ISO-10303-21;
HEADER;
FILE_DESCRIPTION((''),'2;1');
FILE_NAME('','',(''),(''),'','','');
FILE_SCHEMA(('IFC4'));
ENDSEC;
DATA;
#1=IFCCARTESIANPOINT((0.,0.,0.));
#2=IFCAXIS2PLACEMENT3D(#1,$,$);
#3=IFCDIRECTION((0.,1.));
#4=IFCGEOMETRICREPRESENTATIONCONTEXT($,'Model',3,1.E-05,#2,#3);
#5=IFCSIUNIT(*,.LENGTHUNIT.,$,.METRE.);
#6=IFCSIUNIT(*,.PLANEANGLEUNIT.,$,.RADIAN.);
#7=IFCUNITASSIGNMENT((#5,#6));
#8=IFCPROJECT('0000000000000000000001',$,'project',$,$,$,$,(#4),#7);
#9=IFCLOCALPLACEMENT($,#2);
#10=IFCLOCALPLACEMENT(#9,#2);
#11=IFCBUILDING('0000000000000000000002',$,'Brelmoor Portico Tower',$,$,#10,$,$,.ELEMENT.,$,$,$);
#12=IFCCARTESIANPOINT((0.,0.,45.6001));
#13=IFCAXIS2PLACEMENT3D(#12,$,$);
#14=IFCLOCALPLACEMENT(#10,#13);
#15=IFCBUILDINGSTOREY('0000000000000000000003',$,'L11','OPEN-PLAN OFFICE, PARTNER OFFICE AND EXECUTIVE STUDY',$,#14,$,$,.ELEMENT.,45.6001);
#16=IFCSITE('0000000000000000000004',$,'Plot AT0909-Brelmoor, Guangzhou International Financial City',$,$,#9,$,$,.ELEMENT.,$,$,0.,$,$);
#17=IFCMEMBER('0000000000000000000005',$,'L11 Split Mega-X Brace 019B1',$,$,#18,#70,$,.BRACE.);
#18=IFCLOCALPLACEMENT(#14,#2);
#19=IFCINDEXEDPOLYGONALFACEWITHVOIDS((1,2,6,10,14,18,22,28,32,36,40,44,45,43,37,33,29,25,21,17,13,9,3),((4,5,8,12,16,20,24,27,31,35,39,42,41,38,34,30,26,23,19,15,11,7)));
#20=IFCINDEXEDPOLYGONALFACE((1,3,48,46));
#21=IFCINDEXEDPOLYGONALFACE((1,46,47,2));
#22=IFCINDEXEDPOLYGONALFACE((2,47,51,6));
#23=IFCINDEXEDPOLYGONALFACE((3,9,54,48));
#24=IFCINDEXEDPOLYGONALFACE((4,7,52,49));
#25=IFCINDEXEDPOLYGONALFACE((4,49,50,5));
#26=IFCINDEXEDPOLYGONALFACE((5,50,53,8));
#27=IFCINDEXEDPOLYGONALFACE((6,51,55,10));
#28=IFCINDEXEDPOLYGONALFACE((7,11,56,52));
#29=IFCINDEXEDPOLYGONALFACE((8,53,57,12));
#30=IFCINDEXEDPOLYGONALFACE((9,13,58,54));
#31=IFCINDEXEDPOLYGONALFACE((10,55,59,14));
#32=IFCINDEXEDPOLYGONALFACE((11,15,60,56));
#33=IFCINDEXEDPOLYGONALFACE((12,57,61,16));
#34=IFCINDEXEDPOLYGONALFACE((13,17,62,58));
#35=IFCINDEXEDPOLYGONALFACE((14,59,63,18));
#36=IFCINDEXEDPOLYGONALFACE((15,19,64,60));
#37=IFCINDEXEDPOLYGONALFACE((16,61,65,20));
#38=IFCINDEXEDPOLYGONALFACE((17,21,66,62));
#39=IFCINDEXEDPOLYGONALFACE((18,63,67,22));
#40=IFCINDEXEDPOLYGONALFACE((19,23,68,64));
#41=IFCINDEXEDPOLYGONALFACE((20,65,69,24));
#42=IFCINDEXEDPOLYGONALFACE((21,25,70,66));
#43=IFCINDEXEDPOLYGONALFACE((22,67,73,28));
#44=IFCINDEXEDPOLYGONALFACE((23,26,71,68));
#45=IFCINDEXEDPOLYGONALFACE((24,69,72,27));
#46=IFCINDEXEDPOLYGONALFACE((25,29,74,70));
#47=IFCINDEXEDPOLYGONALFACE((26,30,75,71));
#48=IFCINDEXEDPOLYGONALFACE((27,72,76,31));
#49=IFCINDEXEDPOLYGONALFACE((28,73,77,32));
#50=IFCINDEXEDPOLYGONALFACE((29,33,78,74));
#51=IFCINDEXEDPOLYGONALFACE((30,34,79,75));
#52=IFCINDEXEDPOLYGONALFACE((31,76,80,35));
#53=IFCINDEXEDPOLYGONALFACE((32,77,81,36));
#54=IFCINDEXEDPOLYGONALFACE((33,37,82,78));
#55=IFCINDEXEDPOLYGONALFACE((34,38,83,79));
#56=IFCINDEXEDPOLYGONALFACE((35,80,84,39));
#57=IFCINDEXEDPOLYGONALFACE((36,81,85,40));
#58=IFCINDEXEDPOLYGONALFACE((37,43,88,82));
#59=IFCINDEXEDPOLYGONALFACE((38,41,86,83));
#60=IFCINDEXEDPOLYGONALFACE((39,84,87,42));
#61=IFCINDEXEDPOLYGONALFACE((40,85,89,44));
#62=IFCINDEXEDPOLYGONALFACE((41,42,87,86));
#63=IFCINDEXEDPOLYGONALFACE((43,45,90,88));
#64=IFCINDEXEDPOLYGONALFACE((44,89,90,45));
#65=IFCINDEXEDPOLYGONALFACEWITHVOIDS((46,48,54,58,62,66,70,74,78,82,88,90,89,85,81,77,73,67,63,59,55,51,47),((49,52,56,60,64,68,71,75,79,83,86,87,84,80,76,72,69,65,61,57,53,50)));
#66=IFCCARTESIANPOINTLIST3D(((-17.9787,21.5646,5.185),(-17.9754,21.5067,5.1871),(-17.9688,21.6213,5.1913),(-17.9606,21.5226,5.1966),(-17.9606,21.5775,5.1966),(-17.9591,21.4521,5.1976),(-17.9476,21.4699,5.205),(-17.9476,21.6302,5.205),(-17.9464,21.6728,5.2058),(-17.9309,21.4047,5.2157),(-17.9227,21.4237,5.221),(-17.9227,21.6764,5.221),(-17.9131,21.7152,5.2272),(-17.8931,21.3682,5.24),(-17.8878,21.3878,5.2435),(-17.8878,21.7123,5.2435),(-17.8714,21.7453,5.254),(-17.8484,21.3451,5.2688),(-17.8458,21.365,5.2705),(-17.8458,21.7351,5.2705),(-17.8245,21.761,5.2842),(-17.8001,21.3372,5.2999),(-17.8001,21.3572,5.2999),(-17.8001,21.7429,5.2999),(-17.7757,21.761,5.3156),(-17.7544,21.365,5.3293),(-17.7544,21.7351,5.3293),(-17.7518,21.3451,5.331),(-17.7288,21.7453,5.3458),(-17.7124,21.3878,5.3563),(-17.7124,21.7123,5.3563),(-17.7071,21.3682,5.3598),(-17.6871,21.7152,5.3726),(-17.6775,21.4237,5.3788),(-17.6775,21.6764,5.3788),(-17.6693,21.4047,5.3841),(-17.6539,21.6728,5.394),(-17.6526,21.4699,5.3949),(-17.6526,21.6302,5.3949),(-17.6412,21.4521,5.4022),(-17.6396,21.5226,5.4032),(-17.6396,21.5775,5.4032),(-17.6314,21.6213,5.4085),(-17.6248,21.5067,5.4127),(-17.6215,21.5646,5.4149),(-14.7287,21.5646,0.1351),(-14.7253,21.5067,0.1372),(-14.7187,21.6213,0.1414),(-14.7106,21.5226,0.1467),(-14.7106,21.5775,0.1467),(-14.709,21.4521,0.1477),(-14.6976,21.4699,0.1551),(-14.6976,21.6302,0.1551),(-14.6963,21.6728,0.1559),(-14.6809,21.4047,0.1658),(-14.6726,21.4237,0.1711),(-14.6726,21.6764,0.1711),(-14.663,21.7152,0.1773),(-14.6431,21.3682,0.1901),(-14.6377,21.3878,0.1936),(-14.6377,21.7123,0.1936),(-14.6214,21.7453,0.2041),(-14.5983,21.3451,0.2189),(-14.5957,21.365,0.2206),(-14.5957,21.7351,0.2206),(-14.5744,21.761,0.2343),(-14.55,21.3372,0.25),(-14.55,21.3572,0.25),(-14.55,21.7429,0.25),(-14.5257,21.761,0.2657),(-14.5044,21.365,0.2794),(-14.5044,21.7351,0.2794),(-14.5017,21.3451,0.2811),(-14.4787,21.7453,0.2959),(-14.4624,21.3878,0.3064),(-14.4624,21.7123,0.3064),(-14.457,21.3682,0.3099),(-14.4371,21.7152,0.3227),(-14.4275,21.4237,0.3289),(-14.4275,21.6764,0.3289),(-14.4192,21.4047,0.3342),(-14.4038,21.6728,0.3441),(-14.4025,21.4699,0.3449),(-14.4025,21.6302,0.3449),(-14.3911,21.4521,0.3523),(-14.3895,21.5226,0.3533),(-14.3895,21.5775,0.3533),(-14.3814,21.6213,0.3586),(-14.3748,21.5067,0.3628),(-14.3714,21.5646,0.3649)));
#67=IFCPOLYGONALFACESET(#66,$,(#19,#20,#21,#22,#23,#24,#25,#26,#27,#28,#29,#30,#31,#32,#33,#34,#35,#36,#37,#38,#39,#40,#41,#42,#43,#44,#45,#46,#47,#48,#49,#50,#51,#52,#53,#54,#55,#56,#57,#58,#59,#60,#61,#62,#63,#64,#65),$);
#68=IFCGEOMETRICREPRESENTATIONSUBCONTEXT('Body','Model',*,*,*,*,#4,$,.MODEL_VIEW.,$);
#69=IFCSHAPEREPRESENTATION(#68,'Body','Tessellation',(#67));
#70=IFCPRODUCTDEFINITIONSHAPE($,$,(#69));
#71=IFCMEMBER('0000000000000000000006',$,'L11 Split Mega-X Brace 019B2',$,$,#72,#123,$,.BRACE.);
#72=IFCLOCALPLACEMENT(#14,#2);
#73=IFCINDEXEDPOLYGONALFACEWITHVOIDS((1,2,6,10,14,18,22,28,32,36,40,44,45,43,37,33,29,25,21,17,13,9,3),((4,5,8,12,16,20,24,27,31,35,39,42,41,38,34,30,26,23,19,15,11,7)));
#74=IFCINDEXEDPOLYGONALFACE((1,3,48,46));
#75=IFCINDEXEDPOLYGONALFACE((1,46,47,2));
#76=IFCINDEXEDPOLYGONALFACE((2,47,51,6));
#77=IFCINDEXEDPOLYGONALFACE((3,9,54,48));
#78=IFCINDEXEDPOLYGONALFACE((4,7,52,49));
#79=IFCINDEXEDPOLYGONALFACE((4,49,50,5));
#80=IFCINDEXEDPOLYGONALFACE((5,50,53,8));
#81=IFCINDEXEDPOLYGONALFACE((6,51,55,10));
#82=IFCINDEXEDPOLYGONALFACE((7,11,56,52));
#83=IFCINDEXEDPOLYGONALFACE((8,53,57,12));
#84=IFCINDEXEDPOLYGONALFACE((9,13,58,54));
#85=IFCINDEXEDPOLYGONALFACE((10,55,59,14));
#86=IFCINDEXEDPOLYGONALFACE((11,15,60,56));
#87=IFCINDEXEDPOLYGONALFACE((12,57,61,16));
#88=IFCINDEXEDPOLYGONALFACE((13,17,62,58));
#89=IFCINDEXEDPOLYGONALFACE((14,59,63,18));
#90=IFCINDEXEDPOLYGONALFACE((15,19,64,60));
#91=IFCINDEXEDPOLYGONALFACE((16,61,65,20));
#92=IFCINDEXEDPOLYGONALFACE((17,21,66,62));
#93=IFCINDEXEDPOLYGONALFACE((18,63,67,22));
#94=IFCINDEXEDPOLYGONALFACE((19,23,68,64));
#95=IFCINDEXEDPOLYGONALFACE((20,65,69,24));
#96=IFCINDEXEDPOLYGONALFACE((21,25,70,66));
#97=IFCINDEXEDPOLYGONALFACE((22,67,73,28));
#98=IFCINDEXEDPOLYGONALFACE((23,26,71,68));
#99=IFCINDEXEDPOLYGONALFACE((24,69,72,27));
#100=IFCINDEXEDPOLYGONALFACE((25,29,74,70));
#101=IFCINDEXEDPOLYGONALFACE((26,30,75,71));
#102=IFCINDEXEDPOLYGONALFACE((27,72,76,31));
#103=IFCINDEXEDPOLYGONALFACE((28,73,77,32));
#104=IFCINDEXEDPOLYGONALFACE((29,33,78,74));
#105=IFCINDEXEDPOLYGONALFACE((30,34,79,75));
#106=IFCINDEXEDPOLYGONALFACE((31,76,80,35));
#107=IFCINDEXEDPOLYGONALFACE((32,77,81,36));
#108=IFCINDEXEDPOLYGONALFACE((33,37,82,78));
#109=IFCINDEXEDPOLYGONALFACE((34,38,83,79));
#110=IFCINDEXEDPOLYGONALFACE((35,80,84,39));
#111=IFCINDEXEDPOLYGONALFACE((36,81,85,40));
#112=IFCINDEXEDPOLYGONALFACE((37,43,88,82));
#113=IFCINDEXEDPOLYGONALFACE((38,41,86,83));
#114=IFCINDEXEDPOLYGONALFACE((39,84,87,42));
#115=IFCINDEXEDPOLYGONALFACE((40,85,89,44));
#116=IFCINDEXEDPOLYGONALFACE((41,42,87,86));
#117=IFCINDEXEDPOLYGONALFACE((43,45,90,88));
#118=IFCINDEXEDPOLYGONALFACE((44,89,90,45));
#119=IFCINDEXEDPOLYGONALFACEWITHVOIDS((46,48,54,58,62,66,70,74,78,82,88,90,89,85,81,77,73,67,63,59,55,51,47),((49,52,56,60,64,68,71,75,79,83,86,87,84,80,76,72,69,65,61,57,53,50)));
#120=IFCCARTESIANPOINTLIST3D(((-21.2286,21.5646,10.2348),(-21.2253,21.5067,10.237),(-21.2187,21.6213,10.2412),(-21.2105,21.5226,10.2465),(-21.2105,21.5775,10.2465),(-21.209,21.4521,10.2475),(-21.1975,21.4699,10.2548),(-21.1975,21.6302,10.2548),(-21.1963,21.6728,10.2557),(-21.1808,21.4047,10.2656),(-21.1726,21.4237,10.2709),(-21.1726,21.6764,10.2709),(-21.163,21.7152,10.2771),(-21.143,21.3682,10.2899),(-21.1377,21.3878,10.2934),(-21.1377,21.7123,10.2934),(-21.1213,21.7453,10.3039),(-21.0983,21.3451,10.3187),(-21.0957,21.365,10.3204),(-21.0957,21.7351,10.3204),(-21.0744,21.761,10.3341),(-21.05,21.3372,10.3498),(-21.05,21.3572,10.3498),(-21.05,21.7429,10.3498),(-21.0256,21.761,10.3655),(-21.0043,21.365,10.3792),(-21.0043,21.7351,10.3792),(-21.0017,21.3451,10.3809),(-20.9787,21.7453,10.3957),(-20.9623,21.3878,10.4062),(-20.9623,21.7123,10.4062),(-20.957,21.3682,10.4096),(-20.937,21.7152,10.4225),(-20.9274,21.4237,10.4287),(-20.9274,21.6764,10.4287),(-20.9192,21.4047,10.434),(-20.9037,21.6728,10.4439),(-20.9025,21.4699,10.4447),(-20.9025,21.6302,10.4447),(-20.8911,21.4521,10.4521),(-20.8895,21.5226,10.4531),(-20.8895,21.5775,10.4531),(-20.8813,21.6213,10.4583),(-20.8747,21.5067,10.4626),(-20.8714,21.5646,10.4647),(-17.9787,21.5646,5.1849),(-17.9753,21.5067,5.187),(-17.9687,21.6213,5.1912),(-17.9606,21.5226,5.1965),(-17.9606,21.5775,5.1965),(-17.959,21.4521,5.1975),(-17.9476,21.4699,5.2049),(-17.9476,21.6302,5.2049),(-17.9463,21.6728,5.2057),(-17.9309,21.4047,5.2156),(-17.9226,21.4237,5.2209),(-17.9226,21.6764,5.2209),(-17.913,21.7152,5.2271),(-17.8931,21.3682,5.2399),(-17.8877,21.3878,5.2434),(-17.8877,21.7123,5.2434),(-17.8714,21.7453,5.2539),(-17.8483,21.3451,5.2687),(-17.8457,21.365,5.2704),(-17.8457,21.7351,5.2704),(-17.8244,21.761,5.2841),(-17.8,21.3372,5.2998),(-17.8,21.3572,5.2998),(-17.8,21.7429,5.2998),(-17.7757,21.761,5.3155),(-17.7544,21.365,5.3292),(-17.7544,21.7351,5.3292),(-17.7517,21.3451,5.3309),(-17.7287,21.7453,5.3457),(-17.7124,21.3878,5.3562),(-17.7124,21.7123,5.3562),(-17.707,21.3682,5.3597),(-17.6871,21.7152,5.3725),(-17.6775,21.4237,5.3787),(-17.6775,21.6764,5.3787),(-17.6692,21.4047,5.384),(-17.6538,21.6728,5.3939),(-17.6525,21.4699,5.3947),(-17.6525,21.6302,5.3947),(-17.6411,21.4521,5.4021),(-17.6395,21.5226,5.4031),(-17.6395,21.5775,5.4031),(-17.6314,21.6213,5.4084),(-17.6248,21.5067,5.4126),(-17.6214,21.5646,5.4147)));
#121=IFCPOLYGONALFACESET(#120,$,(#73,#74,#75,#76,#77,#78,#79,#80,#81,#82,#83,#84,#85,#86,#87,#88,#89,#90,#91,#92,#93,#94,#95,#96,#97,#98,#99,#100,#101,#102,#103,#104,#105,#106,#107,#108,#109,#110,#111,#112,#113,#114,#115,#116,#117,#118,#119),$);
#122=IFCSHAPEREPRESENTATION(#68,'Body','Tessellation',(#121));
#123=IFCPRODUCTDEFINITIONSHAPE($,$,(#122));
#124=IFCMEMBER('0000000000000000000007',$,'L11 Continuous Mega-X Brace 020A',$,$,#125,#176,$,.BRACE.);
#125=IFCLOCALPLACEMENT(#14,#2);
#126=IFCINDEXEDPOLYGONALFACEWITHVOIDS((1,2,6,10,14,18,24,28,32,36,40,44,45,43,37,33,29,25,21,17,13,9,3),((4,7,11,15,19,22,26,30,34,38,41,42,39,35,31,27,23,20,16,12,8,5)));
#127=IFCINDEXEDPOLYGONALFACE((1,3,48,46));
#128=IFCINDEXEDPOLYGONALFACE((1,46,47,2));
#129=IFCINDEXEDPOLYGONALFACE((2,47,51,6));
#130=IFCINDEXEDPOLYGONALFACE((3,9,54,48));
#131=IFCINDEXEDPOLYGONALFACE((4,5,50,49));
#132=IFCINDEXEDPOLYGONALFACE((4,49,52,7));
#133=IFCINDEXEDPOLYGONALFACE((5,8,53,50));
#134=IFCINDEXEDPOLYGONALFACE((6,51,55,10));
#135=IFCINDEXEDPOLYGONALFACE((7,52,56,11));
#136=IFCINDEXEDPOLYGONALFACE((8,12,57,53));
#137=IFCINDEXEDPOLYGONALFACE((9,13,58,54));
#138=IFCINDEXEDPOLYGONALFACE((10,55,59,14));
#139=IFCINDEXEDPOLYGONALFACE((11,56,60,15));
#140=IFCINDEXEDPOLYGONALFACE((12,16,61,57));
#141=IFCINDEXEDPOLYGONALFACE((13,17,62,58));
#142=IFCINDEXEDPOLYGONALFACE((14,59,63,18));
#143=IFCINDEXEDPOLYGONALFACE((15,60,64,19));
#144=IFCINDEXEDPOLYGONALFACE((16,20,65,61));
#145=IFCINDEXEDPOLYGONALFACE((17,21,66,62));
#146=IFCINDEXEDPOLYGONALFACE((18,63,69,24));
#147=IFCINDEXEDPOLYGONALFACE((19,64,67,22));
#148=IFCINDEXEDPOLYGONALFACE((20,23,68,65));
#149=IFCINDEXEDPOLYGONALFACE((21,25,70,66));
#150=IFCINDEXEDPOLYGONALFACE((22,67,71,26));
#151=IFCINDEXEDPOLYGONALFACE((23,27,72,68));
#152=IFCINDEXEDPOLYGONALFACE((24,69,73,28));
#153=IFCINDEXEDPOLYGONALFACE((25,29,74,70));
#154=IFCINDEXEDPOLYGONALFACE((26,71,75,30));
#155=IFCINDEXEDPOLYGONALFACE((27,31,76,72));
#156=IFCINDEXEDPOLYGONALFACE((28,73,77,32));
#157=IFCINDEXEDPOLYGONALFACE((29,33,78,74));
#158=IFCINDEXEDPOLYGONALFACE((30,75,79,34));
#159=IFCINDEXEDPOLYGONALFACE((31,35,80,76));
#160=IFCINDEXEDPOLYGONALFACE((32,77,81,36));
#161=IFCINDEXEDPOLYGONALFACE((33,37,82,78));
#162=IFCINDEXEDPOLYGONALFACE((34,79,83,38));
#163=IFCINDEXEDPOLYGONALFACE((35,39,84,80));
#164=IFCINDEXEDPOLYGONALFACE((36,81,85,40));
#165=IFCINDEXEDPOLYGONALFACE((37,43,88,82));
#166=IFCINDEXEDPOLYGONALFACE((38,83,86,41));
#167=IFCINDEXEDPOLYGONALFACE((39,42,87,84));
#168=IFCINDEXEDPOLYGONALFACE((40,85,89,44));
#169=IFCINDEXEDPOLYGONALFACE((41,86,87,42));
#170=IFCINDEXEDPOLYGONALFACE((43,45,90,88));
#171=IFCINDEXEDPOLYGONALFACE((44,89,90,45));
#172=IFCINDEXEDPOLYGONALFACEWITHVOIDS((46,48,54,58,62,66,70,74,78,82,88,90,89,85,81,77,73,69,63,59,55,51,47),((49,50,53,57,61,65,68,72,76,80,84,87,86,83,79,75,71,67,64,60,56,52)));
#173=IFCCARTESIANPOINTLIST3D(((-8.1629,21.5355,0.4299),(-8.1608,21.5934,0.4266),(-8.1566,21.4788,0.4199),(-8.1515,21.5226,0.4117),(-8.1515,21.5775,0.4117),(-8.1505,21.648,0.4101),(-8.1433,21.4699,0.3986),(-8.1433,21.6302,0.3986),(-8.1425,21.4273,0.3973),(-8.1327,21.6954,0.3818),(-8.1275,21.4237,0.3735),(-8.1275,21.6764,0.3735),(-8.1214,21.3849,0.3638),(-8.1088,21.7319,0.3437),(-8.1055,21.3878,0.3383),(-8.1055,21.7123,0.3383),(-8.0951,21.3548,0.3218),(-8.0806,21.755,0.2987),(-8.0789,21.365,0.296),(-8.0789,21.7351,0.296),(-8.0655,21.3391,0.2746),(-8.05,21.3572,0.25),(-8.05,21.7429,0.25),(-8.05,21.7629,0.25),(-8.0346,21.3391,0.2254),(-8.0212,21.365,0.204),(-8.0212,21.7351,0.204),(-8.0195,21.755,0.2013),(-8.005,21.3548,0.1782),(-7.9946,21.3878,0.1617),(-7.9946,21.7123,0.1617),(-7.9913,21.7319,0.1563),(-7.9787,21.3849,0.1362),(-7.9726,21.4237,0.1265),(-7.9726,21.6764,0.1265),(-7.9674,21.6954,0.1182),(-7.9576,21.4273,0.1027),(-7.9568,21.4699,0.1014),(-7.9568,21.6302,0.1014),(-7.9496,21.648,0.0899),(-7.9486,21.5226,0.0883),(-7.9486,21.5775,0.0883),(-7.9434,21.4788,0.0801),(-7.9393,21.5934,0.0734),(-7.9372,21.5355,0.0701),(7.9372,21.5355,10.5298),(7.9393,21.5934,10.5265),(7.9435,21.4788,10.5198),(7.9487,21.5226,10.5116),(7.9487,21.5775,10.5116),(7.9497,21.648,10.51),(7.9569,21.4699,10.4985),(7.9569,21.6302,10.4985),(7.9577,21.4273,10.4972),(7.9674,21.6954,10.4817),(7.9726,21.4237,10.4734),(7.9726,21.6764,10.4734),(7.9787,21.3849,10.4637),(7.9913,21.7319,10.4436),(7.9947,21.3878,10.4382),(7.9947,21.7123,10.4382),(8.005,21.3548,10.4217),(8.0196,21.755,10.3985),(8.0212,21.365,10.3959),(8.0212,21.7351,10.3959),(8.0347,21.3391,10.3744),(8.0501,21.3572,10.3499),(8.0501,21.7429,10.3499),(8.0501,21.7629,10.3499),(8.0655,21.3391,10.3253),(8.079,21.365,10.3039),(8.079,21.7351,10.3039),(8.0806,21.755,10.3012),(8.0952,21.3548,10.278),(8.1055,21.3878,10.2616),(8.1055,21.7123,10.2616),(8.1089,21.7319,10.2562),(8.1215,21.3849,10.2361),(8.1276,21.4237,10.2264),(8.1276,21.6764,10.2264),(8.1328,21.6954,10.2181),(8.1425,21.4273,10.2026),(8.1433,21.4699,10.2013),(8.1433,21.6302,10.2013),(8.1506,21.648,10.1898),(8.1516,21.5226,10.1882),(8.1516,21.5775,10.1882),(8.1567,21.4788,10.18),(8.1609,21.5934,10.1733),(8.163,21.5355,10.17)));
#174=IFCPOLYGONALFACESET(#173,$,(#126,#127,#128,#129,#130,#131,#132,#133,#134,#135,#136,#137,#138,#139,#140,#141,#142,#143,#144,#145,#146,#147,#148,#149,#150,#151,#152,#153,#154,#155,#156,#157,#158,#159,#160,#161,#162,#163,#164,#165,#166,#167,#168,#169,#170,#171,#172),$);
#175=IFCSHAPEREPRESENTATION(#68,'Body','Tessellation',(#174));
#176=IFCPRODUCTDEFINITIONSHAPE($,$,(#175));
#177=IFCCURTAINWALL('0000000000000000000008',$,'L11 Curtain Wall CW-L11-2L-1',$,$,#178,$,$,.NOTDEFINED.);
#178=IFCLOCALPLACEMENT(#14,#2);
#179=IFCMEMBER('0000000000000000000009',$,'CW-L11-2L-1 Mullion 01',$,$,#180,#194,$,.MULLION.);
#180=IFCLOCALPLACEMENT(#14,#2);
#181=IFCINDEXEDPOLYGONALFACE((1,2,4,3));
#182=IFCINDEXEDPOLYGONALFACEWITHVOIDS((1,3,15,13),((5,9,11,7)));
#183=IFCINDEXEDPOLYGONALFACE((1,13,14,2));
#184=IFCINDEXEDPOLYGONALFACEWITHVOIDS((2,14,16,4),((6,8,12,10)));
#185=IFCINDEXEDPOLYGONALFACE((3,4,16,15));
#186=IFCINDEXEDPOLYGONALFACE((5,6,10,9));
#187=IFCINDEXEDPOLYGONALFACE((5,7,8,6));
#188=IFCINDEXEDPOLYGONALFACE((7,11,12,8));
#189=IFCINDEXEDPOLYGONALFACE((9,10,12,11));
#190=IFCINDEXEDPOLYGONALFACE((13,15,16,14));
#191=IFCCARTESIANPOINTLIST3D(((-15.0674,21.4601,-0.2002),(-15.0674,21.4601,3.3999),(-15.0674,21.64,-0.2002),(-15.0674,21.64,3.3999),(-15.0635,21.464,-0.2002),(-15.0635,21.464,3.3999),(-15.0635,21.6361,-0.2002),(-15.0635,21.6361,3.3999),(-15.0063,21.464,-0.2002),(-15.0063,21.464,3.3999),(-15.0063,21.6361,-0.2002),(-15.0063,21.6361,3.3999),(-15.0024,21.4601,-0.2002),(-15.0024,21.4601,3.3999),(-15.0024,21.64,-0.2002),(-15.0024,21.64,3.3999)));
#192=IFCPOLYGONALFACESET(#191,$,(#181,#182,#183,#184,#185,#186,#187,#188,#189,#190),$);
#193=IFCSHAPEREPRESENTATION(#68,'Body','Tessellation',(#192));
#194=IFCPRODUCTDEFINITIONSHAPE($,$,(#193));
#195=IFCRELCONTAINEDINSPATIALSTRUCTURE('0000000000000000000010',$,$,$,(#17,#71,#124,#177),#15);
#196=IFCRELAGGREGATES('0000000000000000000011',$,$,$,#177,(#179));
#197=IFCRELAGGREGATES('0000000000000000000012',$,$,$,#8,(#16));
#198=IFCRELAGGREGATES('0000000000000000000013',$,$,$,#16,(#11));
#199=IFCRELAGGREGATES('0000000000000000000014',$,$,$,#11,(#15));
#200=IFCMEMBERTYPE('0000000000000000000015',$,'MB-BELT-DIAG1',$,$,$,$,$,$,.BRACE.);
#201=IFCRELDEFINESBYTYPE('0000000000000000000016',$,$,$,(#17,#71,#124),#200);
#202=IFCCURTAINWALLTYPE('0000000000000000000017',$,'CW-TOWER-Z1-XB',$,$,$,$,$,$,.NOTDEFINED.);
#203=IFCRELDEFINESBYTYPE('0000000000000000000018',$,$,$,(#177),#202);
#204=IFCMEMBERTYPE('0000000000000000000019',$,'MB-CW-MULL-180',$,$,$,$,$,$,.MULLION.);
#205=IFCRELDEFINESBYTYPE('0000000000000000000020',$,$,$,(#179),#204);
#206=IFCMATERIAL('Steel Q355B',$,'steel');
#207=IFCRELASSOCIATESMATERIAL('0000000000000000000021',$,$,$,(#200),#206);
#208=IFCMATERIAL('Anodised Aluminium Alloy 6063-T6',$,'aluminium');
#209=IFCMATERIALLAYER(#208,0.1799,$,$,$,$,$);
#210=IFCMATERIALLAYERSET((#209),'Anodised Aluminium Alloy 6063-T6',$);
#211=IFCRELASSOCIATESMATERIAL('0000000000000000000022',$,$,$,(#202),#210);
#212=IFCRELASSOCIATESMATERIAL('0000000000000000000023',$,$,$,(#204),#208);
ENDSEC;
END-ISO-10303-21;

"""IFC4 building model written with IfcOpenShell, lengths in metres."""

from ifc_helpers import new_model, si_unit, direction, frame, origin, origin_2d, place, context, subcontext, project, spatial, hollow_rectangle, hollow_circle, extrude, material, layer, layer_set, material_profile, profile_set, type_object, element, aggregate, save


model = new_model("IFC4")

# Units and contexts
model_context = context("Model", 3, precision=1e-05, world=origin(), true_north=direction((0.0, 1.0)))
body_context = subcontext(model_context, "Body", "Model", "MODEL_VIEW")
ifc_project = project(units=[si_unit("LENGTHUNIT", "METRE"), si_unit("PLANEANGLEUNIT", "RADIAN")], contexts=[model_context])

# Site, building, storey
site_placement = place(None, origin())
site = spatial("IfcSite", under=ifc_project, at=site_placement, Name="Plot AT0909-Brelmoor, Guangzhou International Financial City", CompositionType="ELEMENT", RefElevation=0.0)
building_placement = place(site_placement, origin())
building = spatial("IfcBuilding", under=site, at=building_placement, Name="Brelmoor Portico Tower", CompositionType="ELEMENT")
storey_placement = place(building_placement, frame((0.0, 0.0, 45.6001)))
storey = spatial("IfcBuildingStorey", under=building, at=storey_placement, Name="L11", Description="OPEN-PLAN OFFICE, PARTNER OFFICE AND EXECUTIVE STUDY", CompositionType="ELEMENT", Elevation=45.6001)

# Shared definitions
ifc_material_1 = material(Name="Steel Q355B", Category="steel")

# Members
ifc_material_profile_1 = material_profile(ifc_material_1, hollow_circle(Radius=0.2129, WallThickness=0.02, at=origin_2d()), Name="CHS 426x20")
ifc_profile_set_1 = profile_set([ifc_material_profile_1], Name="Steel Q355B")
member_type_1 = type_object("IfcMemberType", Name="MB-BELT-DIAG1", PredefinedType="BRACE", material=ifc_profile_set_1)
for number, where, z_axis, x_axis, name in (
    (1, (-14.55, 21.55, 0.25), (-0.541193, 0.0, 0.840898), (0.0, -1.0, 0.0), "L11 Split Mega-X Brace 019B1"),
    (2, (-17.8, 21.55, 5.2998), (-0.541175, 0.0, 0.84091), (0.0, -1.0, 0.0), "L11 Split Mega-X Brace 019B2"),
):
    element("IfcMember", number, at=place(storey_placement, frame(where, z_axis=z_axis, x_axis=x_axis)), inside=storey, type_object=member_type_1, Name=name, PredefinedType="BRACE", context=body_context, shape_type="SweptSolid", body=[
        extrude(hollow_circle(Radius=0.2129, WallThickness=0.02, at=origin_2d()), origin(), (0.0, 0.0, 1.0), 6.0054),
    ])
member_1_placement = place(storey_placement, frame((-8.05, 21.55, 0.25), z_axis=(0.847115, 0.0, 0.531409), x_axis=(0.0, 1.0, 0.0)))
element("IfcMember", 3, at=member_1_placement, inside=storey, type_object=member_type_1, Name="L11 Continuous Mega-X Brace 020A", PredefinedType="BRACE", context=body_context, shape_type="SweptSolid", body=[
    extrude(hollow_circle(Radius=0.2129, WallThickness=0.02, at=origin_2d()), origin(), (0.0, 0.0, 1.0), 19.0059),
])

# Curtain wall, member
ifc_material_2 = material(Name="Anodised Aluminium Alloy 6063-T6", Category="aluminium")
ifc_layer_1 = layer(ifc_material_2, 0.1799)
ifc_layer_set_1 = layer_set([ifc_layer_1], Name="Anodised Aluminium Alloy 6063-T6")
curtain_wall_type_1 = type_object("IfcCurtainWallType", Name="CW-TOWER-Z1-XB", PredefinedType="NOTDEFINED", material=ifc_layer_set_1)
curtain_wall_1_placement = place(storey_placement, origin())
curtain_wall_1 = element("IfcCurtainWall", 4, at=curtain_wall_1_placement, inside=storey, type_object=curtain_wall_type_1, Name="L11 Curtain Wall CW-L11-2L-1", PredefinedType="NOTDEFINED")
ifc_material_profile_2 = material_profile(ifc_material_2, hollow_rectangle(XDim=0.0649, YDim=0.1799, WallThickness=0.0039, at=origin_2d()), Name="ALU MULLION 65x180")
ifc_profile_set_2 = profile_set([ifc_material_profile_2], Name="Anodised Aluminium Alloy 6063-T6")
member_type_2 = type_object("IfcMemberType", Name="MB-CW-MULL-180", PredefinedType="MULLION", material=ifc_profile_set_2)
member_2_placement = place(storey_placement, frame((-15.0349, 21.55, -0.2002), z_axis=(0.0, 0.0, 1.0), x_axis=(1.0, 0.0, 0.0)))
member_2 = element("IfcMember", 5, at=member_2_placement, type_object=member_type_2, Name="CW-L11-2L-1 Mullion 01", PredefinedType="MULLION", context=body_context, shape_type="SweptSolid", body=[
    extrude(hollow_rectangle(XDim=0.0649, YDim=0.1799, WallThickness=0.0039, at=origin_2d()), origin(), (0.0, 0.0, 1.0), 3.6001),
])

aggregate(curtain_wall_1, [member_2])

save(model, "model.ifc")
